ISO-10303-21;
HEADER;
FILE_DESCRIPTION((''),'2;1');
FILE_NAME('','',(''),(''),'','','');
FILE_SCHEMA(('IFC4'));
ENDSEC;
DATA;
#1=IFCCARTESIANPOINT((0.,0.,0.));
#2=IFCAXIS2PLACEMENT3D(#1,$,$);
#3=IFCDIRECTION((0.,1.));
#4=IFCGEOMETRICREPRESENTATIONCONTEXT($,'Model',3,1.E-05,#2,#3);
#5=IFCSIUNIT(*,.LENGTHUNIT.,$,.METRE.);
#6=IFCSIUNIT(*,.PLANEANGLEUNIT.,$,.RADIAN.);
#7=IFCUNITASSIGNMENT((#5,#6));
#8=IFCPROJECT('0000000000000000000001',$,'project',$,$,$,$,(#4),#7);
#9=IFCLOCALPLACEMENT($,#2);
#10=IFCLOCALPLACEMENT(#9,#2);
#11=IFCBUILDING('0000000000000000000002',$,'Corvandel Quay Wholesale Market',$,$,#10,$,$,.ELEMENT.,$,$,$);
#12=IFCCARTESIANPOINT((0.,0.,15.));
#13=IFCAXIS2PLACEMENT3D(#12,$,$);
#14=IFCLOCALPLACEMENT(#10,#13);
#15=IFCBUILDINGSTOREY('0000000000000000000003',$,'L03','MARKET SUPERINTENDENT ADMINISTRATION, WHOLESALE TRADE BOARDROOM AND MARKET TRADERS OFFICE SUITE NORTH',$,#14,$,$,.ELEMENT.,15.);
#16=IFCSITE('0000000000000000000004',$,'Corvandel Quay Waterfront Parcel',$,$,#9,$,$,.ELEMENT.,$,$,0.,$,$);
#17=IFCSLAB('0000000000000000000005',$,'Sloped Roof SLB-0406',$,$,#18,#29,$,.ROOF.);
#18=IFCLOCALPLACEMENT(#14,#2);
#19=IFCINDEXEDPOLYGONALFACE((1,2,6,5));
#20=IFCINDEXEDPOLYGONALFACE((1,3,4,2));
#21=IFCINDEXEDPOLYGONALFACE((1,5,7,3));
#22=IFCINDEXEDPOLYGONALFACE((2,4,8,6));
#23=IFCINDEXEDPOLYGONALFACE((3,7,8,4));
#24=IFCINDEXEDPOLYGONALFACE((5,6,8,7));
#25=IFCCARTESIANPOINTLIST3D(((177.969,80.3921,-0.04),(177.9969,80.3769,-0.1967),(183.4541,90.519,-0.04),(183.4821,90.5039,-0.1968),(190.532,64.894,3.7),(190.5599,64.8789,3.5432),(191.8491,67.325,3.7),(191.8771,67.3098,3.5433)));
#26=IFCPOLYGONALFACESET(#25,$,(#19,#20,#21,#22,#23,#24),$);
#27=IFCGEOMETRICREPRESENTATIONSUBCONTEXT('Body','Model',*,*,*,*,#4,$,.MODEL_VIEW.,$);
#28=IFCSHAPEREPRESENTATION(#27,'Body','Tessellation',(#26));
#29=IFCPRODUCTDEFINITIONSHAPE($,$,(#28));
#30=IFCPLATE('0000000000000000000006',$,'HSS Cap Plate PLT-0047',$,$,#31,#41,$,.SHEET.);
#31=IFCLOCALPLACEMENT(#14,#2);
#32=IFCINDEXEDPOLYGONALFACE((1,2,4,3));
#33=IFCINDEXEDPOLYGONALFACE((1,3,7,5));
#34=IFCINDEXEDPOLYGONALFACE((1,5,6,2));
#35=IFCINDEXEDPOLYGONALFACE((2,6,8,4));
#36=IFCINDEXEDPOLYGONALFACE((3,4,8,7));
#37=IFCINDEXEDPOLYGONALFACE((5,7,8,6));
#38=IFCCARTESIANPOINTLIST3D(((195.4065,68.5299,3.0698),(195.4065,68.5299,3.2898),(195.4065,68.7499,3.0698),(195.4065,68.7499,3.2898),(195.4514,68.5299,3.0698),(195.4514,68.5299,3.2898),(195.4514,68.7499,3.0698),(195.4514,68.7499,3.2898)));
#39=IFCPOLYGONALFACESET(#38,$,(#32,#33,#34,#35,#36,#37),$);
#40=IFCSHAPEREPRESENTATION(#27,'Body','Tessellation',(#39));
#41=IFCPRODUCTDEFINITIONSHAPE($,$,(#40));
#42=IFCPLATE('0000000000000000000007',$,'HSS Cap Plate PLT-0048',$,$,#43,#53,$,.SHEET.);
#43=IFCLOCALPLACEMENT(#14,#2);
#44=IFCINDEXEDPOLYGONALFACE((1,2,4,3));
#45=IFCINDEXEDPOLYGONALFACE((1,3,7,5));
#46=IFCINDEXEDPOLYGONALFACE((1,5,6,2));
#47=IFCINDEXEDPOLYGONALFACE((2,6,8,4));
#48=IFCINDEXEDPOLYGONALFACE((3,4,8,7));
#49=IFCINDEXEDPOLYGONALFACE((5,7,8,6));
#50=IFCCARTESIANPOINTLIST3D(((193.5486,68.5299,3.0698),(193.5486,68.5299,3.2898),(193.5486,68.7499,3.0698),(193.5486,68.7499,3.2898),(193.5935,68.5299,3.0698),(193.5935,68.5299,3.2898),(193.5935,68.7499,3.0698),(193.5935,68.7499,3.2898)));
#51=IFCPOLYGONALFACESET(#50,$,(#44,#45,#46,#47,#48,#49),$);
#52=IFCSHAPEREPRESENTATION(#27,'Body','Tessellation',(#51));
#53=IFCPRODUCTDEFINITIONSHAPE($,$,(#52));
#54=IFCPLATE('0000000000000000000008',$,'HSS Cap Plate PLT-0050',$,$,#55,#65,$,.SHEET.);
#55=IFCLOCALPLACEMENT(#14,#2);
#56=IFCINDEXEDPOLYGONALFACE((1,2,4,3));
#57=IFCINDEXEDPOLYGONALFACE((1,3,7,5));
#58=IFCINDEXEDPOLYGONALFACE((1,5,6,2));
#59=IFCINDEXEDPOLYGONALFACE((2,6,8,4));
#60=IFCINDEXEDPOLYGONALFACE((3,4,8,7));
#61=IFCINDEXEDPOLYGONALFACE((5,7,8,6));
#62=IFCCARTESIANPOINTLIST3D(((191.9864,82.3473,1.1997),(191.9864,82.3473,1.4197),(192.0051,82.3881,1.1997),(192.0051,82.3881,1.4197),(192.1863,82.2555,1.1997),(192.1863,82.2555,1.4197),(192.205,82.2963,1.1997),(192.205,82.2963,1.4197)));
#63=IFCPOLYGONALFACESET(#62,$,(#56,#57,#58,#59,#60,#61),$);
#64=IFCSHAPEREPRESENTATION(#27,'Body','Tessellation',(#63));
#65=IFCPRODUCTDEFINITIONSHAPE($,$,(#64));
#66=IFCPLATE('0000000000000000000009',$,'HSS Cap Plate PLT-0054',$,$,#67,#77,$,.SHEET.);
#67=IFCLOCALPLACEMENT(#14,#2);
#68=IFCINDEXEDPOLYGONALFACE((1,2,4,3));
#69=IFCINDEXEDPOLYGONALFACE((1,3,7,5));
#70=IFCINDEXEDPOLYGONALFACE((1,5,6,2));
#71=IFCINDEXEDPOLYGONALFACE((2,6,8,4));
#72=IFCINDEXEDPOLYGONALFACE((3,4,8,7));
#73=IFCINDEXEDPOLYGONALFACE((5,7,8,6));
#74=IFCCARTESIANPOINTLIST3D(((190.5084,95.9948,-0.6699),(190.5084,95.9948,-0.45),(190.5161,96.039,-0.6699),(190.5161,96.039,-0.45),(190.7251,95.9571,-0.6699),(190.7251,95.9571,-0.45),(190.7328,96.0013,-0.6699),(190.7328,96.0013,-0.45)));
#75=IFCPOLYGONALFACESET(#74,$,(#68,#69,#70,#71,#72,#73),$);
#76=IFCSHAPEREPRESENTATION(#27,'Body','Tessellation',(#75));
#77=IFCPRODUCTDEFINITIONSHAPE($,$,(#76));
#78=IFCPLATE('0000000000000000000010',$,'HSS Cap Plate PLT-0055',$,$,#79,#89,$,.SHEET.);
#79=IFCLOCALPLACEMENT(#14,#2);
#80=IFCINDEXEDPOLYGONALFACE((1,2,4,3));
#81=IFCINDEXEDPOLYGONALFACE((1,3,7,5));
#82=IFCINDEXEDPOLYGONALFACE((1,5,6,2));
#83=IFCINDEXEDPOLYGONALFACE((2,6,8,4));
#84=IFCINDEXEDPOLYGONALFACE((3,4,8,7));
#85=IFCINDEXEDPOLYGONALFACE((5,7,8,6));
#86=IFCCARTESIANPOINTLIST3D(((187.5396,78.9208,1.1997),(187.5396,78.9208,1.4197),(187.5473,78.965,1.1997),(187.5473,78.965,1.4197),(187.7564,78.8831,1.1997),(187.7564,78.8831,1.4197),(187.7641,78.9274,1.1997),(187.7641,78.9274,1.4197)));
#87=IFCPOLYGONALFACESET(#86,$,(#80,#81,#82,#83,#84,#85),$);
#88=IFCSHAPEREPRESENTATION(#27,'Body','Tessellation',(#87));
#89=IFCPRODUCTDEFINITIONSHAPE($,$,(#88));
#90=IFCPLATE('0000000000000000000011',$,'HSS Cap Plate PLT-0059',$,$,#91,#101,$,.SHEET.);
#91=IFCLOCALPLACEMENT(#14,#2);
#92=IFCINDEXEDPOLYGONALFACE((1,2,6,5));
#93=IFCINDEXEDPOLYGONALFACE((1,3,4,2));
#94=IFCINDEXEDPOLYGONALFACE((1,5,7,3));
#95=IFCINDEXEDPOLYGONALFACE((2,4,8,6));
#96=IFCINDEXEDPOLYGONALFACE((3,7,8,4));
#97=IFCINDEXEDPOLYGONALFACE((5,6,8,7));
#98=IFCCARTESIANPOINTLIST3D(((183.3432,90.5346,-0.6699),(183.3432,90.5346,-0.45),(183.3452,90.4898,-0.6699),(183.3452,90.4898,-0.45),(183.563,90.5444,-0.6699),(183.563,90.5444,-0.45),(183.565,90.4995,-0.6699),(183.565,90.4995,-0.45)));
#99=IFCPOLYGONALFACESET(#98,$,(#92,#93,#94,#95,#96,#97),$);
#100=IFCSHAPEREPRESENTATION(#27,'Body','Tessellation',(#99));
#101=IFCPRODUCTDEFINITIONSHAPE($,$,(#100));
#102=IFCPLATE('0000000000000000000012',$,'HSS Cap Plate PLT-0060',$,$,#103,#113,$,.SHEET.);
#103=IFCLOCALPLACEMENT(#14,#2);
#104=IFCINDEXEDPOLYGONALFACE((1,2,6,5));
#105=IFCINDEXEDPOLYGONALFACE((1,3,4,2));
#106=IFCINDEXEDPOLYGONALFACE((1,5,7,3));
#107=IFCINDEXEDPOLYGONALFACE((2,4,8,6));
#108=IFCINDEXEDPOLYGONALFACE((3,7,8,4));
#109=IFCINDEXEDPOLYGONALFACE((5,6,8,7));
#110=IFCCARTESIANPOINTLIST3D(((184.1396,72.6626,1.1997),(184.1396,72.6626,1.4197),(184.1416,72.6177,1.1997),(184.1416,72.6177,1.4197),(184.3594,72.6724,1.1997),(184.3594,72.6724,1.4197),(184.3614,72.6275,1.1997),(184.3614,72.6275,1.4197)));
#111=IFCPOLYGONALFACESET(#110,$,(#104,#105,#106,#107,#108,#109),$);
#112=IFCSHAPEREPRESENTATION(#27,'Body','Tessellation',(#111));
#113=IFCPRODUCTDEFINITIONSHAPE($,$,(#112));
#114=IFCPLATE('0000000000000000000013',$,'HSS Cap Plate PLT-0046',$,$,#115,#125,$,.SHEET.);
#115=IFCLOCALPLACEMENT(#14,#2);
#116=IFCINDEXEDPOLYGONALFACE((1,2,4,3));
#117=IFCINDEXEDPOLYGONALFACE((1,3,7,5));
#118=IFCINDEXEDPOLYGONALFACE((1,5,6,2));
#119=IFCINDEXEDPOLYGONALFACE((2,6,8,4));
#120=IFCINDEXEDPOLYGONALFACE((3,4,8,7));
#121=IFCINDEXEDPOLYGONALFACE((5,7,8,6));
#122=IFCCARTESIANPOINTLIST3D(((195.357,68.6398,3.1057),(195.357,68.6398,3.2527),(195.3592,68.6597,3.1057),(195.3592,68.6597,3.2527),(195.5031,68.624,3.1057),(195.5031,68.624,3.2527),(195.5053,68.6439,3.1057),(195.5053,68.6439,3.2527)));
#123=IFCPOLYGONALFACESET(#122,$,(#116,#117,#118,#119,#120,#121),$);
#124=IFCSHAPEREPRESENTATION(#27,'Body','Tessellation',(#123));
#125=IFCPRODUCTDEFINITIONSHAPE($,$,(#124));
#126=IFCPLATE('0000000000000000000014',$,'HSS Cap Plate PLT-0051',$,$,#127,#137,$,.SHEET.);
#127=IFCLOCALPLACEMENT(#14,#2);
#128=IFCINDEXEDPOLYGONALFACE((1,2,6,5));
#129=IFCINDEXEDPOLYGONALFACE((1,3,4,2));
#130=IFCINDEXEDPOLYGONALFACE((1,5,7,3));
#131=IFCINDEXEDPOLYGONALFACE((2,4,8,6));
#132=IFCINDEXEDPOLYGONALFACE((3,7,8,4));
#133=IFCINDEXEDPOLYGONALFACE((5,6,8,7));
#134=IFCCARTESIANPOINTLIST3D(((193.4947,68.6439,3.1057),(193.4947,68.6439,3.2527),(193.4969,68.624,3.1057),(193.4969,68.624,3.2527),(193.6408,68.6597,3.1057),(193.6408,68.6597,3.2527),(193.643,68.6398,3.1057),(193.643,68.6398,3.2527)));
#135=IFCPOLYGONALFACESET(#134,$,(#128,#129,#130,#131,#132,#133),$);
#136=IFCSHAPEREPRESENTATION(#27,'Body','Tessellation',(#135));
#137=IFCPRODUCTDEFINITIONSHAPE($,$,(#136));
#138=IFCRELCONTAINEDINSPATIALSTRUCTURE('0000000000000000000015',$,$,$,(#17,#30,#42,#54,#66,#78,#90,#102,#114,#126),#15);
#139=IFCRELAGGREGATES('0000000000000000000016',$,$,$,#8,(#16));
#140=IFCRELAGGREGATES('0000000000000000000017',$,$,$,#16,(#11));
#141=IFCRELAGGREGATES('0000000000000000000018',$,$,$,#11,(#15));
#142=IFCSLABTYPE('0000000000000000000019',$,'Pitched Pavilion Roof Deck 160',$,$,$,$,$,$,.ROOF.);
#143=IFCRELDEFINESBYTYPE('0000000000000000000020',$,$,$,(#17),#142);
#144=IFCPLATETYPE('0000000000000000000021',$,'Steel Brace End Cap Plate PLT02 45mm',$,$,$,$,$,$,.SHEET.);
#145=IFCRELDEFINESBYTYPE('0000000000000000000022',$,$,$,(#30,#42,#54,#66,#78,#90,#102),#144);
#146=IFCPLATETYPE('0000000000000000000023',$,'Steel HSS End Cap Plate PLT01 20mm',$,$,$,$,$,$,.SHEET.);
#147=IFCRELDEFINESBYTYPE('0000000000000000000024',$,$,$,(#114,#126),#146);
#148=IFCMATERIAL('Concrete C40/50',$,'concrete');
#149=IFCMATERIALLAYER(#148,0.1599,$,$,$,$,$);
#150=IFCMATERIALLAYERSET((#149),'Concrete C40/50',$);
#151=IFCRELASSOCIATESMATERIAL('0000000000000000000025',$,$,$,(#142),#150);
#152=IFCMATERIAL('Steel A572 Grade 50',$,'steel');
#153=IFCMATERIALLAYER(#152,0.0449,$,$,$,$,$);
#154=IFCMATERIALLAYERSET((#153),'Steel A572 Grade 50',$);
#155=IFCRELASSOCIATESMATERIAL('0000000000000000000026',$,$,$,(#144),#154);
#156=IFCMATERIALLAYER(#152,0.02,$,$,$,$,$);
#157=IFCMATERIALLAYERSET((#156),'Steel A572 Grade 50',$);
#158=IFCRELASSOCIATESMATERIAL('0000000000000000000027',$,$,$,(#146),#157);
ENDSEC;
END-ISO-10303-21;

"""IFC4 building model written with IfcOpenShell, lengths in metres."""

from ifc_helpers import new_model, si_unit, direction, frame, origin, origin_2d, place, context, subcontext, project, spatial, polyline, rectangle, outline, extrude, material, layer, layer_set, type_object, element, save


model = new_model("IFC4")

# Units and contexts
model_context = context("Model", 3, precision=1e-05, world=origin(), true_north=direction((0.0, 1.0)))
body_context = subcontext(model_context, "Body", "Model", "MODEL_VIEW")
ifc_project = project(units=[si_unit("LENGTHUNIT", "METRE"), si_unit("PLANEANGLEUNIT", "RADIAN")], contexts=[model_context])

# Site, building, storey
site_placement = place(None, origin())
site = spatial("IfcSite", under=ifc_project, at=site_placement, Name="Corvandel Quay Waterfront Parcel", CompositionType="ELEMENT", RefElevation=0.0)
building_placement = place(site_placement, origin())
building = spatial("IfcBuilding", under=site, at=building_placement, Name="Corvandel Quay Wholesale Market", CompositionType="ELEMENT")
storey_placement = place(building_placement, frame((0.0, 0.0, 15.0)))
storey = spatial("IfcBuildingStorey", under=building, at=storey_placement, Name="L03", Description="MARKET SUPERINTENDENT ADMINISTRATION, WHOLESALE TRADE BOARDROOM AND MARKET TRADERS OFFICE SUITE NORTH", CompositionType="ELEMENT", Elevation=15.0)

# Slab
ifc_material_1 = material(Name="Concrete C40/50", Category="concrete")
ifc_layer_1 = layer(ifc_material_1, 0.1599)
ifc_layer_set_1 = layer_set([ifc_layer_1], Name="Concrete C40/50")
slab_type = type_object("IfcSlabType", Name="Pitched Pavilion Roof Deck 160", PredefinedType="ROOF", material=ifc_layer_set_1)
slab_1_placement = place(storey_placement, frame((183.4541, 90.519, -0.04), z_axis=(-0.174884, 0.09473, 0.980021), x_axis=(-0.476262, -0.879303, 0.000006)))
element("IfcSlab", 1, at=slab_1_placement, inside=storey, type_object=slab_type, Name="Sloped Roof SLB-0406", PredefinedType="ROOF", context=body_context, shape_type="SweptSolid", body=[
    extrude(outline(polyline([(0.0, 0.0), (11.517, 0.0), (19.1612, 18.8035), (16.3964, 18.8039), (0.0, 0.0)])), origin(), (0.0, 0.0, -1.0), 0.1599),
])

# Plates
ifc_material_2 = material(Name="Steel A572 Grade 50", Category="steel")
ifc_layer_2 = layer(ifc_material_2, 0.0449)
ifc_layer_set_2 = layer_set([ifc_layer_2], Name="Steel A572 Grade 50")
plate_type_1 = type_object("IfcPlateType", Name="Steel Brace End Cap Plate PLT02 45mm", PredefinedType="SHEET", material=ifc_layer_set_2)
for number, where, z_axis, x_axis, name in (
    (2, (195.429, 68.6399, 3.0698), (0.0, 0.0, 1.0), (0.0, 1.0, 0.0), "HSS Cap Plate PLT-0047"),
    (3, (193.571, 68.6399, 3.0698), (0.0, 0.0, 1.0), (0.0, 1.0, 0.0), "HSS Cap Plate PLT-0048"),
    (4, (192.0957, 82.3218, 1.1997), (0.0, 0.0, 1.0), (-0.908727, 0.417391, 0.0), "HSS Cap Plate PLT-0050"),
    (5, (190.6206, 95.998, -0.6699), (0.0, 0.0, 1.0), (-0.985229, 0.171241, 0.0), "HSS Cap Plate PLT-0054"),
    (6, (187.6519, 78.9241, 1.1997), (0.0, 0.0, 1.0), (-0.985229, 0.171241, 0.0), "HSS Cap Plate PLT-0055"),
    (7, (183.4541, 90.5171, -0.6699), (0.0, 0.0, 1.0), (0.99901, 0.044491, 0.0), "HSS Cap Plate PLT-0059"),
    (8, (184.2505, 72.645, 1.1997), (0.0, 0.0, 1.0), (0.99901, 0.044491, 0.0), "HSS Cap Plate PLT-0060"),
):
    element("IfcPlate", number, at=place(storey_placement, frame(where, z_axis=z_axis, x_axis=x_axis)), inside=storey, type_object=plate_type_1, Name=name, PredefinedType="SHEET", context=body_context, shape_type="SweptSolid", body=[
        extrude(rectangle(XDim=0.22, YDim=0.0449, at=origin_2d()), origin(), (0.0, 0.0, 1.0), 0.22),
    ])
ifc_layer_3 = layer(ifc_material_2, 0.02)
ifc_layer_set_3 = layer_set([ifc_layer_3], Name="Steel A572 Grade 50")
plate_type_2 = type_object("IfcPlateType", Name="Steel HSS End Cap Plate PLT01 20mm", PredefinedType="SHEET", material=ifc_layer_set_3)
for number, where, z_axis, x_axis, name in (
    (9, (195.4312, 68.6418, 3.1057), (0.0, 0.0, 1.0), (-0.994245, 0.107132, 0.0), "HSS Cap Plate PLT-0046"),
    (10, (193.5688, 68.6418, 3.1057), (0.0, 0.0, 1.0), (0.994245, 0.107132, 0.0), "HSS Cap Plate PLT-0051"),
):
    element("IfcPlate", number, at=place(storey_placement, frame(where, z_axis=z_axis, x_axis=x_axis)), inside=storey, type_object=plate_type_2, Name=name, PredefinedType="SHEET", context=body_context, shape_type="SweptSolid", body=[
        extrude(rectangle(XDim=0.147, YDim=0.02, at=origin_2d()), origin(), (0.0, 0.0, 1.0), 0.147),
    ])

save(model, "model.ifc")
